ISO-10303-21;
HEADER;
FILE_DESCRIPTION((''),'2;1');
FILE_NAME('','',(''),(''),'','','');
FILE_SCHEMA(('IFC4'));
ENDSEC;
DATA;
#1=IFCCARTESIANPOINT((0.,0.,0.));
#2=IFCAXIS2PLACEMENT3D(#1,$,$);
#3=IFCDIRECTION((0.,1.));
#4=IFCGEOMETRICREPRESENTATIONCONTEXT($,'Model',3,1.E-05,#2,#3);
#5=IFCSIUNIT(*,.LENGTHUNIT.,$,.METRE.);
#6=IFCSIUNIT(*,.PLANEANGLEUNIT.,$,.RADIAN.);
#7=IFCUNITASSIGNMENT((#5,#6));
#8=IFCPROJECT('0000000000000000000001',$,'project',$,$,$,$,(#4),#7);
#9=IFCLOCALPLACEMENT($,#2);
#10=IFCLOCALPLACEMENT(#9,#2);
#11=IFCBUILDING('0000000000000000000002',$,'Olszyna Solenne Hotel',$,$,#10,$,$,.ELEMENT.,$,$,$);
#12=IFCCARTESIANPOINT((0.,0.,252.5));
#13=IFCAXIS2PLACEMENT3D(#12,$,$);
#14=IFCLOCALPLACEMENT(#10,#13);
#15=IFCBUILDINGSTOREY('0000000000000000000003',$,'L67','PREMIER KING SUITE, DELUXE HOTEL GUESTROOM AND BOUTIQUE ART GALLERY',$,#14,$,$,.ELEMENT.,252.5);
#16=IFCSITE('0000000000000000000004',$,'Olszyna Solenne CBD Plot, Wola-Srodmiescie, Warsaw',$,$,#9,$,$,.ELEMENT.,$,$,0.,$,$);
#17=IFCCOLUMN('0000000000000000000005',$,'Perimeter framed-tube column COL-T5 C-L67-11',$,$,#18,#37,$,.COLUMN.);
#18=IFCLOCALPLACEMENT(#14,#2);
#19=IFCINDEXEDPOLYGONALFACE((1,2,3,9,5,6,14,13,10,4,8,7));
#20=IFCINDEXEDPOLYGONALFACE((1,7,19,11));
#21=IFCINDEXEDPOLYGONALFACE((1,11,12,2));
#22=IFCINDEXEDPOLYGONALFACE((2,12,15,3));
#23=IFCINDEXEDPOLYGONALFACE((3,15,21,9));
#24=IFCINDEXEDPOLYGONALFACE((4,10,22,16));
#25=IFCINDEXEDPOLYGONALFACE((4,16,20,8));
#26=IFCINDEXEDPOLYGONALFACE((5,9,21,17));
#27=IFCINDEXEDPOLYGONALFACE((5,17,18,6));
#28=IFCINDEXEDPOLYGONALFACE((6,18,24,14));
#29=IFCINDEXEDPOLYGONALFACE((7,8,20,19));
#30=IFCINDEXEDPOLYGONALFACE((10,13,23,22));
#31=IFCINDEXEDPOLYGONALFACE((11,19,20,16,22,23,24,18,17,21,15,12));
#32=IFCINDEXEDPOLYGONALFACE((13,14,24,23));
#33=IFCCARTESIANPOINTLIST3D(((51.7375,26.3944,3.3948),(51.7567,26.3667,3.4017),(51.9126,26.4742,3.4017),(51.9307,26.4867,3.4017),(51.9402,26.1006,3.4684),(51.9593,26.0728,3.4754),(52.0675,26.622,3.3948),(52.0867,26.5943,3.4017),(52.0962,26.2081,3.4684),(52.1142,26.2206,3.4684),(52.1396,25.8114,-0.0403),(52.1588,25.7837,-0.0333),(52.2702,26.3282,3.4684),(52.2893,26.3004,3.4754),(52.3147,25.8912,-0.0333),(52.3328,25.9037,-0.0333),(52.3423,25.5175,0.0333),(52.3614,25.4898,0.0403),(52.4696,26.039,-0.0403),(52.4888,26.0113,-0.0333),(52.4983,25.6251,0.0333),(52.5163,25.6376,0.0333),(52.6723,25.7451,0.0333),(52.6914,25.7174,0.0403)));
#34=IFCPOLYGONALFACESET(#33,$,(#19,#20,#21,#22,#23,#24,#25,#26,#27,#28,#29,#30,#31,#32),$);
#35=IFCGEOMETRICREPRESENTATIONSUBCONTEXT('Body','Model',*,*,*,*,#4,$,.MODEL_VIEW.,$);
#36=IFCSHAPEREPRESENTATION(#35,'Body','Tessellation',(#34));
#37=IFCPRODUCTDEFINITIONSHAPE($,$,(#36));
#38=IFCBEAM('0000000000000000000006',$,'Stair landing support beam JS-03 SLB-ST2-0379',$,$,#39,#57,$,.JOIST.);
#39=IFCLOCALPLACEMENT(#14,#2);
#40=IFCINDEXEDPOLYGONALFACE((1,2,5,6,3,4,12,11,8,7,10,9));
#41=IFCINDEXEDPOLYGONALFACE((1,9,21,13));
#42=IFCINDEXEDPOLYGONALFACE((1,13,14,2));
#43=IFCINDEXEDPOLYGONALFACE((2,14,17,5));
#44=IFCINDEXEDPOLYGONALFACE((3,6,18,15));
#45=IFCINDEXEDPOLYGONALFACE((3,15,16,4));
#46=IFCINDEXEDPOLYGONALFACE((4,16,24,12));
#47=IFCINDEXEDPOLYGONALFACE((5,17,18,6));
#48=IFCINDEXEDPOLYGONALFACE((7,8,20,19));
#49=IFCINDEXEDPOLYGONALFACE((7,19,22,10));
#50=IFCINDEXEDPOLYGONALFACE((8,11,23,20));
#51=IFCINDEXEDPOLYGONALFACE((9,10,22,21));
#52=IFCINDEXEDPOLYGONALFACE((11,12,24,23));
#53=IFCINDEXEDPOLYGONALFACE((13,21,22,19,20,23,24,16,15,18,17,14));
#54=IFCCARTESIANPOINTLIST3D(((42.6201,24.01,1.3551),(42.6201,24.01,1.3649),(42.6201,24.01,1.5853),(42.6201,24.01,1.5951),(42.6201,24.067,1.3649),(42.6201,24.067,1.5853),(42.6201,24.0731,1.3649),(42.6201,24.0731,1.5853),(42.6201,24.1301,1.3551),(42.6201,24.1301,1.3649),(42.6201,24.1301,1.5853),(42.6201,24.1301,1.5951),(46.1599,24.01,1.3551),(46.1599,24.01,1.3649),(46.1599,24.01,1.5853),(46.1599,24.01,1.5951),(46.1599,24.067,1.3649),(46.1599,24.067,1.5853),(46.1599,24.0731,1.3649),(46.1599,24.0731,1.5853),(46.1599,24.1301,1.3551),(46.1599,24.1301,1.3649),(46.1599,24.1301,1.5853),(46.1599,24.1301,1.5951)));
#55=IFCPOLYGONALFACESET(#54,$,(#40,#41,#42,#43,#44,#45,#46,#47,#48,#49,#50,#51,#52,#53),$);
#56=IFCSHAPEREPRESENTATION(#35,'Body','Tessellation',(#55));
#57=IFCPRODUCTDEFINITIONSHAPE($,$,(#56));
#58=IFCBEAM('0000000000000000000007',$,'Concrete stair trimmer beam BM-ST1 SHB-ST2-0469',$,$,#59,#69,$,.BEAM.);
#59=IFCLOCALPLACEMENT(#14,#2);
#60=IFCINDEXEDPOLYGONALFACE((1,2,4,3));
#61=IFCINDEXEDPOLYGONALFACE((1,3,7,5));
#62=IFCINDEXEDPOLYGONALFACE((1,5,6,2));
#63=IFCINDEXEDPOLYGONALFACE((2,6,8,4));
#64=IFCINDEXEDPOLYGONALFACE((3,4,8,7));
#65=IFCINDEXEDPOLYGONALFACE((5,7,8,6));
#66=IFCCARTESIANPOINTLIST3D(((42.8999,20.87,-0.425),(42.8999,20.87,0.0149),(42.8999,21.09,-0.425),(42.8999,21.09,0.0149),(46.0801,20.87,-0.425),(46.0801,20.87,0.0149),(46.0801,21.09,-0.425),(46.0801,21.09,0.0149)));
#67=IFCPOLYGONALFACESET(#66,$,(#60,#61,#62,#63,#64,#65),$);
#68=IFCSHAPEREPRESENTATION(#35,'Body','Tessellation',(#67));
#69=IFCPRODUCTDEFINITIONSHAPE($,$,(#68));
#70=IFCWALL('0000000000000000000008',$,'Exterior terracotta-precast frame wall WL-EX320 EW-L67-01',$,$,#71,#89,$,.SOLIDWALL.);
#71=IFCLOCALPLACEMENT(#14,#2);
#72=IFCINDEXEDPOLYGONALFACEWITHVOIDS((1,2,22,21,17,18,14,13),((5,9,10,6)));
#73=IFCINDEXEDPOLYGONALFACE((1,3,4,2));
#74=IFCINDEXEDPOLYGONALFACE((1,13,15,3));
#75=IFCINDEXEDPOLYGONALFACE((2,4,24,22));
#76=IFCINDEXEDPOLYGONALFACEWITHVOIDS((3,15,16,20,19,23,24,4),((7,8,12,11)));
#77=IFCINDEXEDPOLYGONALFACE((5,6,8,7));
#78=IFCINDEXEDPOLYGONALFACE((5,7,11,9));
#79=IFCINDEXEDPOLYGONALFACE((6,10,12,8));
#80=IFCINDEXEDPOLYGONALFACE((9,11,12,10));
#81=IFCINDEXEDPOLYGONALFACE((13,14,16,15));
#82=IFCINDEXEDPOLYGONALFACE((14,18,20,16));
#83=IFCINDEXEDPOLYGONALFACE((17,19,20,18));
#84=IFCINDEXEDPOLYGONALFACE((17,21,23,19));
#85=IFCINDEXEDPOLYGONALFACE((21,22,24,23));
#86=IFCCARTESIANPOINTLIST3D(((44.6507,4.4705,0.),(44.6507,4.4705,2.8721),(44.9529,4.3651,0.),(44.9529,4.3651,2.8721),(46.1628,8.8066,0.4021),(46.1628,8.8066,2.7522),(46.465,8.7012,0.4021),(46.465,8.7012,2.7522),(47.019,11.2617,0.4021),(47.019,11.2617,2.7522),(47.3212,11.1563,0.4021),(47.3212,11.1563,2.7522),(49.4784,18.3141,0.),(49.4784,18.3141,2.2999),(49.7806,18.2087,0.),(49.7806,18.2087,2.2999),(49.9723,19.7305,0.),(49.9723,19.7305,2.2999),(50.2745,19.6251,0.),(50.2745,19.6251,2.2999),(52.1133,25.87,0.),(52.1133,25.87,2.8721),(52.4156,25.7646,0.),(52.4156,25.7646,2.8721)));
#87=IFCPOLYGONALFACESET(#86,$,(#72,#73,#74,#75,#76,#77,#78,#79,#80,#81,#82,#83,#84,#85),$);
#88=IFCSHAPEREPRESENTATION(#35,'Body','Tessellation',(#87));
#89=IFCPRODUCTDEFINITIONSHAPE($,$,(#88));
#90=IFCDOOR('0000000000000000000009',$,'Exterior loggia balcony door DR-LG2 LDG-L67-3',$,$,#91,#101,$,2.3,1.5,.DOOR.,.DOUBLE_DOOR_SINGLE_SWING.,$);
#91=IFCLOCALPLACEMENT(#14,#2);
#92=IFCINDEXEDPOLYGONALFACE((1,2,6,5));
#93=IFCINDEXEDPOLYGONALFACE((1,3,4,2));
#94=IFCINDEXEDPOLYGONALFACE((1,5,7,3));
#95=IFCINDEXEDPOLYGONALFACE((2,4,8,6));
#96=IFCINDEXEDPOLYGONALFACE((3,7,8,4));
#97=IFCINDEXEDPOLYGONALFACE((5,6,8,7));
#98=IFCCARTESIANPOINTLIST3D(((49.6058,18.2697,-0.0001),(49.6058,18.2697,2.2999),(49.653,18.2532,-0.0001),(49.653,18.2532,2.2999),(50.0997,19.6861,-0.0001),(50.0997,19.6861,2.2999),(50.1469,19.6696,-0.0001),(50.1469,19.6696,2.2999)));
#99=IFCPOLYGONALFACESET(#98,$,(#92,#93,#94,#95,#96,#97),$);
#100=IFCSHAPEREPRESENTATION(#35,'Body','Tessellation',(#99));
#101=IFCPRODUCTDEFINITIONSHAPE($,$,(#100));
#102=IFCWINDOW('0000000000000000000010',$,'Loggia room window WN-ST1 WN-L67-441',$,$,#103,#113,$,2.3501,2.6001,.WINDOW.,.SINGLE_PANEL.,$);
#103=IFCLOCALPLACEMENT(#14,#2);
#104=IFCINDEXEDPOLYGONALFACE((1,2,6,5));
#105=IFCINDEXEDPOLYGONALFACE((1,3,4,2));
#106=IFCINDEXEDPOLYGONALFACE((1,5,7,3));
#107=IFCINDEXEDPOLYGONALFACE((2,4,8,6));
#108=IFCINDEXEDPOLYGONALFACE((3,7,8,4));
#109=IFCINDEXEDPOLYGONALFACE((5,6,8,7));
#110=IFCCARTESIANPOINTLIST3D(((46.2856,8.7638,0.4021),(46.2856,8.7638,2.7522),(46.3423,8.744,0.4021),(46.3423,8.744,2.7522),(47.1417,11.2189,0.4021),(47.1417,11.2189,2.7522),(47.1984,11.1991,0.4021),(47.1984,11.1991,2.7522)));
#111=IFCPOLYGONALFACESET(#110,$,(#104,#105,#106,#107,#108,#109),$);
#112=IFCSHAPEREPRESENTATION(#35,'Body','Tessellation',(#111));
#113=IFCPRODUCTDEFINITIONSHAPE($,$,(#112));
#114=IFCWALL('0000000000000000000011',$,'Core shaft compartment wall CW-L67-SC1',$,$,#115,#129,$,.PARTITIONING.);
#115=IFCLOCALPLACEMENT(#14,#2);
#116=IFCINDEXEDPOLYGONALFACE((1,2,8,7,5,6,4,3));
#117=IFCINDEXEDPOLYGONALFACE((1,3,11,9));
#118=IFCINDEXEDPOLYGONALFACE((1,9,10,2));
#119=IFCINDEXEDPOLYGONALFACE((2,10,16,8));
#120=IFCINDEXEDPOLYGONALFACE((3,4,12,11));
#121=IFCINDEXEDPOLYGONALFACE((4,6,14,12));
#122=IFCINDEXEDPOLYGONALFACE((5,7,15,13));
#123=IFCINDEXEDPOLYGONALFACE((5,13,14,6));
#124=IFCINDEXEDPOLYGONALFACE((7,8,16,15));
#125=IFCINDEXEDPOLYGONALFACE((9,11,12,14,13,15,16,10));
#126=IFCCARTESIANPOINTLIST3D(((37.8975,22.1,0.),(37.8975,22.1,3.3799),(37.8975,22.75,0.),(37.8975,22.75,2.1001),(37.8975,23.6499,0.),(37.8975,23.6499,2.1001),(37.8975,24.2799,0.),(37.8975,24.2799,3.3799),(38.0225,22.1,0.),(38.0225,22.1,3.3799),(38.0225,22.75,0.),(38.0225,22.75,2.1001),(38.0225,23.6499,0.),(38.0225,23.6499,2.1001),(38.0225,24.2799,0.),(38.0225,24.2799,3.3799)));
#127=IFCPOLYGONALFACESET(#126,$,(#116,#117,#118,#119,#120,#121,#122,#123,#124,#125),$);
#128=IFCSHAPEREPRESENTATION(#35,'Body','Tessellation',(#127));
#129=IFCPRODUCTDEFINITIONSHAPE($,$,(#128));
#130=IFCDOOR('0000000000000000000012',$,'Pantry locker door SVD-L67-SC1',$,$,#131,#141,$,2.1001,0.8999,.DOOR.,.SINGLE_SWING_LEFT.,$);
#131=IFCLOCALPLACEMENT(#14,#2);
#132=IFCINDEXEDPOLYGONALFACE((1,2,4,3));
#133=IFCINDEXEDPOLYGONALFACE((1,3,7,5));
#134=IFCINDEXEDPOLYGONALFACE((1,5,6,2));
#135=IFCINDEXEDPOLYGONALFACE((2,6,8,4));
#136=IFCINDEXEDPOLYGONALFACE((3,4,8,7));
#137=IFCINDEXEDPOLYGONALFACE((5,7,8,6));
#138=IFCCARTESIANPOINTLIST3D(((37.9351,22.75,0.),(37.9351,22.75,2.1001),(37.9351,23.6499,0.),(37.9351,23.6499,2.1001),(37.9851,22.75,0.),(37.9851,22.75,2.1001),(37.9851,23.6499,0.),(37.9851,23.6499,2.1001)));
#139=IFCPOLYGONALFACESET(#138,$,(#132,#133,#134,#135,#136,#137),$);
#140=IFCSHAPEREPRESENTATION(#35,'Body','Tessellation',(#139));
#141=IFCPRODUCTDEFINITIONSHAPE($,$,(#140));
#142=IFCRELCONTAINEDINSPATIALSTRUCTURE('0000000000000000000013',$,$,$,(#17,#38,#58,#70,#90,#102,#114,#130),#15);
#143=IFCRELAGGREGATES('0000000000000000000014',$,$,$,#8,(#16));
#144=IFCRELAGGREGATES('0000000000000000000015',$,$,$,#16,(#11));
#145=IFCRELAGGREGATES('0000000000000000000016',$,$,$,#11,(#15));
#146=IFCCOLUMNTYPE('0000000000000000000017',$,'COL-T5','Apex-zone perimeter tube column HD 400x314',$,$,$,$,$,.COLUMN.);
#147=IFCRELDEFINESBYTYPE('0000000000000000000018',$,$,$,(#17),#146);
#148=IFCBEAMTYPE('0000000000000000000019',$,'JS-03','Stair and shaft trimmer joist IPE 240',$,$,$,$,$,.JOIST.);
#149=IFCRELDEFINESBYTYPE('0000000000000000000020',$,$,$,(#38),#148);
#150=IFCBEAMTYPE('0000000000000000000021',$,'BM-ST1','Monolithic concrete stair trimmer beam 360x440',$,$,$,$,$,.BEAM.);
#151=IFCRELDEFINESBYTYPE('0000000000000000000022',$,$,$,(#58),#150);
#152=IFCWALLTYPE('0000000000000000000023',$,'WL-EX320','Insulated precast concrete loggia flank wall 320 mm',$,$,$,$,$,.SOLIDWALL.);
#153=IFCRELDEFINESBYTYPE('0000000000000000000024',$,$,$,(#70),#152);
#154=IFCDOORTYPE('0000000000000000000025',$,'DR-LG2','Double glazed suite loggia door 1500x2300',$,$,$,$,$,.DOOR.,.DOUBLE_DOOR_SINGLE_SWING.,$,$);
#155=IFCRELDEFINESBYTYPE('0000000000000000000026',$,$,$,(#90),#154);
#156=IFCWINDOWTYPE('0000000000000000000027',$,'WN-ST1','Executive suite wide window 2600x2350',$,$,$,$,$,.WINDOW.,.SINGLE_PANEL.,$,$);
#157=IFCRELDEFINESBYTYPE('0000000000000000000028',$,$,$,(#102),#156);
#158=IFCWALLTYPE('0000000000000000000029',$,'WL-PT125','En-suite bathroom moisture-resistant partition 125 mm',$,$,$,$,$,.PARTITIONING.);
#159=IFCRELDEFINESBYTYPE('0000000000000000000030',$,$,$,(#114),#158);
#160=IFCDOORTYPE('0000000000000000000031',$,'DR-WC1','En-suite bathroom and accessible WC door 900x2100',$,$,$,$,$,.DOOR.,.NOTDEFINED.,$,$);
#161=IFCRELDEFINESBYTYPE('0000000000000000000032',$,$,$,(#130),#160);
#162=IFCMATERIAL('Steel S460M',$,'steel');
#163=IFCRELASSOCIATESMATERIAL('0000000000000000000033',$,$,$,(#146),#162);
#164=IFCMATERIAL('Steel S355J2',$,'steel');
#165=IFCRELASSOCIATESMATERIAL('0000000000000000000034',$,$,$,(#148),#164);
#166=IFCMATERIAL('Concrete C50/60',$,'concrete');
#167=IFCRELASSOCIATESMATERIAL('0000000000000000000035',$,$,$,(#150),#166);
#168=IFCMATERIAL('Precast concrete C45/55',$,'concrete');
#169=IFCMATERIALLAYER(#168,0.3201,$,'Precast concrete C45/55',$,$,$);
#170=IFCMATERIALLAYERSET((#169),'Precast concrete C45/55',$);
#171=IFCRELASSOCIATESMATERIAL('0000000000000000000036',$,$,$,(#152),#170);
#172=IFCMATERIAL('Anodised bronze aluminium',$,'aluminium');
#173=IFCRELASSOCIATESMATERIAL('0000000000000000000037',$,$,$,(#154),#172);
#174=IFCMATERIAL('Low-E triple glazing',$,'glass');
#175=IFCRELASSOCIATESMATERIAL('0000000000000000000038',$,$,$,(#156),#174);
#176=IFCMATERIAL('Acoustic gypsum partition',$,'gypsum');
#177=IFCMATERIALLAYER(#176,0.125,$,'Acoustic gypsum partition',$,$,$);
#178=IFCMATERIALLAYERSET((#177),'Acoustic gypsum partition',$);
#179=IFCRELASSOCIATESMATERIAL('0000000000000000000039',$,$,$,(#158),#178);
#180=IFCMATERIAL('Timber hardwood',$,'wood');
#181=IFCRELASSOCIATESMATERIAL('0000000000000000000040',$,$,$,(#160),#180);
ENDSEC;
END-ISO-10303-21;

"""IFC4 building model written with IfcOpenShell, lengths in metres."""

from ifc_helpers import new_model, si_unit, direction, frame, frame_2d, origin, origin_2d, place, context, subcontext, project, spatial, rectangle, i_section, extrude, source, transform, mapped, material, layer, layer_set, material_profile, profile_set, type_object, type_shapes, element, fill, save


model = new_model("IFC4")

# Units and contexts
model_context = context("Model", 3, precision=1e-05, world=origin(), true_north=direction((0.0, 1.0)))
body_context = subcontext(model_context, "Body", "Model", "MODEL_VIEW")
ifc_project = project(units=[si_unit("LENGTHUNIT", "METRE"), si_unit("PLANEANGLEUNIT", "RADIAN")], contexts=[model_context])

# Site, building, storey
site_placement = place(None, origin())
site = spatial("IfcSite", under=ifc_project, at=site_placement, Name="Olszyna Solenne CBD Plot, Wola-Srodmiescie, Warsaw", CompositionType="ELEMENT", RefElevation=0.0)
building_placement = place(site_placement, origin())
building = spatial("IfcBuilding", under=site, at=building_placement, Name="Olszyna Solenne Hotel", CompositionType="ELEMENT")
storey_placement = place(building_placement, frame((0.0, 0.0, 252.5)))
storey = spatial("IfcBuildingStorey", under=building, at=storey_placement, Name="L67", Description="PREMIER KING SUITE, DELUXE HOTEL GUESTROOM AND BOUTIQUE ART GALLERY", CompositionType="ELEMENT", Elevation=252.5)

# Column
ifc_material_1 = material(Name="Steel S460M", Category="steel")
ifc_material_profile_1 = material_profile(ifc_material_1, i_section(OverallWidth=0.4009, OverallDepth=0.3989, WebThickness=0.022, FlangeThickness=0.0344, at=origin_2d()), Name="HD 400x314", Category="load-bearing")
ifc_profile_set_1 = profile_set([ifc_material_profile_1], Name="Steel S460M")
column_type = type_object("IfcColumnType", Name="COL-T5", Description="Apex-zone perimeter tube column HD 400x314", PredefinedType="COLUMN", material=ifc_profile_set_1)
shared_shape_1 = source(origin(), body_context, "Body", "SweptSolid", [
    extrude(i_section(OverallWidth=0.4009, OverallDepth=0.3989, WebThickness=0.022, FlangeThickness=0.0344, at=origin_2d()), origin(), (0.0, 0.0, 1.0), 3.5073),
])
column_placement = place(storey_placement, frame((52.4155, 25.7644, 0.0), z_axis=(-0.114646, 0.166227, 0.9794), x_axis=(-0.823196, -0.567757, 0.0)))
element("IfcColumn", 1, at=column_placement, inside=storey, type_object=column_type, Name="Perimeter framed-tube column COL-T5 C-L67-11", PredefinedType="COLUMN", context=body_context, shape_type="MappedRepresentation", body=[
    mapped(shared_shape_1, transform((0.0, 0.0, 0.0), x_axis=(1.0, 0.0, 0.0), y_axis=(0.0, 1.0, 0.0), z_axis=(0.0, 0.0, 1.0), scale=1.0)),
])

# Beams
ifc_material_2 = material(Name="Steel S355J2", Category="steel")
ifc_material_profile_2 = material_profile(ifc_material_2, i_section(OverallWidth=0.1201, OverallDepth=0.24, WebThickness=0.0061, FlangeThickness=0.0098, at=origin_2d()), Name="IPE 240", Category="load-bearing")
ifc_profile_set_2 = profile_set([ifc_material_profile_2], Name="Steel S355J2")
beam_type_1 = type_object("IfcBeamType", Name="JS-03", Description="Stair and shaft trimmer joist IPE 240", PredefinedType="JOIST", material=ifc_profile_set_2)
shared_shape_2 = source(origin(), body_context, "Body", "SweptSolid", [
    extrude(i_section(OverallWidth=0.1201, OverallDepth=0.24, WebThickness=0.0061, FlangeThickness=0.0098, at=origin_2d()), origin(), (0.0, 0.0, 1.0), 3.5398),
])
beam_1_placement = place(storey_placement, frame((46.1599, 24.0701, 1.4751), z_axis=(-1.0, 0.0, 0.0), x_axis=(0.0, -1.0, 0.0)))
element("IfcBeam", 2, at=beam_1_placement, inside=storey, type_object=beam_type_1, Name="Stair landing support beam JS-03 SLB-ST2-0379", PredefinedType="JOIST", context=body_context, shape_type="MappedRepresentation", body=[
    mapped(shared_shape_2, transform((0.0, 0.0, 0.0), x_axis=(1.0, 0.0, 0.0), y_axis=(0.0, 1.0, 0.0), z_axis=(0.0, 0.0, 1.0), scale=1.0)),
])
ifc_material_3 = material(Name="Concrete C50/60", Category="concrete")
ifc_material_profile_3 = material_profile(ifc_material_3, rectangle(XDim=0.22, YDim=0.4399, at=origin_2d()), Name="RC 220x440", Category="load-bearing")
ifc_profile_set_3 = profile_set([ifc_material_profile_3], Name="Concrete C50/60")
beam_type_2 = type_object("IfcBeamType", Name="BM-ST1", Description="Monolithic concrete stair trimmer beam 360x440", PredefinedType="BEAM", material=ifc_profile_set_3)
shared_shape_3 = source(origin(), body_context, "Body", "SweptSolid", [
    extrude(rectangle(XDim=0.22, YDim=0.4399, at=origin_2d()), origin(), (0.0, 0.0, 1.0), 3.1802),
])
beam_2_placement = place(storey_placement, frame((46.0801, 20.98, -0.2051), z_axis=(-1.0, 0.0, 0.0), x_axis=(0.0, -1.0, 0.0)))
element("IfcBeam", 3, at=beam_2_placement, inside=storey, type_object=beam_type_2, Name="Concrete stair trimmer beam BM-ST1 SHB-ST2-0469", PredefinedType="BEAM", context=body_context, shape_type="MappedRepresentation", body=[
    mapped(shared_shape_3, transform((0.0, 0.0, 0.0), x_axis=(1.0, 0.0, 0.0), y_axis=(0.0, 1.0, 0.0), z_axis=(0.0, 0.0, 1.0), scale=1.0)),
])

# Wall, openings, door, window
ifc_material_4 = material(Name="Precast concrete C45/55", Category="concrete")
ifc_layer_1 = layer(ifc_material_4, 0.3201, Name="Precast concrete C45/55")
ifc_layer_set_1 = layer_set([ifc_layer_1], Name="Precast concrete C45/55")
wall_type_1 = type_object("IfcWallType", Name="WL-EX320", Description="Insulated precast concrete loggia flank wall 320 mm", PredefinedType="SOLIDWALL", material=ifc_layer_set_1)
wall_1_placement = place(storey_placement, frame((52.2644, 25.8171, 0.0), z_axis=(0.0, 0.0, 1.0), x_axis=(-0.329283, -0.944231, 0.0)))
wall_1 = element("IfcWall", 4, at=wall_1_placement, inside=storey, type_object=wall_type_1, Name="Exterior terracotta-precast frame wall WL-EX320 EW-L67-01", PredefinedType="SOLIDWALL", context=body_context, shape_type="SweptSolid", body=[
    extrude(rectangle(XDim=22.6633, YDim=0.3201, at=frame_2d((11.3315, 0.0))), origin(), (0.0, 0.0, 1.0), 2.8721),
])
opening_1_placement = place(wall_1_placement, frame((6.502, 0.0, 0.0)))
opening_1 = element("IfcOpeningElement", 5, at=opening_1_placement, cuts=wall_1, PredefinedType="OPENING", context=body_context, shape_type="SweptSolid", body=[
    extrude(rectangle(XDim=1.5, YDim=2.3, at=frame_2d((0.75, 1.1499))), frame((0.0, 0.1699, 0.0), z_axis=(0.0, -1.0, 0.0), x_axis=(1.0, 0.0, 0.0)), (0.0, 0.0, 1.0), 0.3401),
])
opening_2_placement = place(wall_1_placement, frame((15.4709, 0.0, 0.4021)))
opening_2 = element("IfcOpeningElement", 6, at=opening_2_placement, cuts=wall_1, PredefinedType="OPENING", context=body_context, shape_type="SweptSolid", body=[
    extrude(rectangle(XDim=2.6001, YDim=2.3501, at=frame_2d((1.3, 1.175))), frame((0.0, 0.1699, 0.0), z_axis=(0.0, -1.0, 0.0), x_axis=(1.0, 0.0, 0.0)), (0.0, 0.0, 1.0), 0.3401),
])
ifc_material_5 = material(Name="Anodised bronze aluminium", Category="aluminium")
door_type_1 = type_object("IfcDoorType", Name="DR-LG2", Description="Double glazed suite loggia door 1500x2300", OperationType="DOUBLE_DOOR_SINGLE_SWING", PredefinedType="DOOR", material=ifc_material_5)
shared_shape_4 = source(origin(), body_context, "Body", "SweptSolid", [
    extrude(rectangle(XDim=1.5, YDim=2.3, at=frame_2d((0.75, 1.1499))), frame((0.0, 0.0249, 0.0), z_axis=(0.0, -1.0, 0.0), x_axis=(1.0, 0.0, 0.0)), (0.0, 0.0, 1.0), 0.05),
])
type_shapes(door_type_1, [shared_shape_4])
door_1_placement = place(opening_1_placement, origin())
door_1 = element("IfcDoor", 7, at=door_1_placement, inside=storey, type_object=door_type_1, Name="Exterior loggia balcony door DR-LG2 LDG-L67-3", OperationType="DOUBLE_DOOR_SINGLE_SWING", OverallHeight=2.3, OverallWidth=1.5, PredefinedType="DOOR", context=body_context, shape_type="MappedRepresentation", body=[
    mapped(shared_shape_4, transform((0.0, 0.0, 0.0), x_axis=(1.0, 0.0, 0.0), y_axis=(0.0, 1.0, 0.0), z_axis=(0.0, 0.0, 1.0), scale=1.0)),
])
fill(opening_1, door_1)
ifc_material_6 = material(Name="Low-E triple glazing", Category="glass")
window_type = type_object("IfcWindowType", Name="WN-ST1", Description="Executive suite wide window 2600x2350", PartitioningType="SINGLE_PANEL", PredefinedType="WINDOW", material=ifc_material_6)
shared_shape_5 = source(origin(), body_context, "Body", "SweptSolid", [
    extrude(rectangle(XDim=2.6001, YDim=2.3501, at=frame_2d((1.3, 1.175))), frame((0.0, 0.03, 0.0), z_axis=(0.0, -1.0, 0.0), x_axis=(1.0, 0.0, 0.0)), (0.0, 0.0, 1.0), 0.0601),
])
type_shapes(window_type, [shared_shape_5])
window_placement = place(opening_2_placement, origin())
window = element("IfcWindow", 8, at=window_placement, inside=storey, type_object=window_type, Name="Loggia room window WN-ST1 WN-L67-441", OverallHeight=2.3501, OverallWidth=2.6001, PartitioningType="SINGLE_PANEL", PredefinedType="WINDOW", context=body_context, shape_type="MappedRepresentation", body=[
    mapped(shared_shape_5, transform((0.0, 0.0, 0.0), x_axis=(1.0, 0.0, 0.0), y_axis=(0.0, 1.0, 0.0), z_axis=(0.0, 0.0, 1.0), scale=1.0)),
])
fill(opening_2, window)

# Wall, opening, door
ifc_material_7 = material(Name="Acoustic gypsum partition", Category="gypsum")
ifc_layer_2 = layer(ifc_material_7, 0.125, Name="Acoustic gypsum partition")
ifc_layer_set_2 = layer_set([ifc_layer_2], Name="Acoustic gypsum partition")
wall_type_2 = type_object("IfcWallType", Name="WL-PT125", Description="En-suite bathroom moisture-resistant partition 125 mm", PredefinedType="PARTITIONING", material=ifc_layer_set_2)
wall_2_placement = place(storey_placement, frame((37.96, 22.1001, 0.0), z_axis=(0.0, 0.0, 1.0), x_axis=(0.0, 1.0, 0.0)))
wall_2 = element("IfcWall", 9, at=wall_2_placement, inside=storey, type_object=wall_type_2, Name="Core shaft compartment wall CW-L67-SC1", PredefinedType="PARTITIONING", context=body_context, shape_type="SweptSolid", body=[
    extrude(rectangle(XDim=2.1799, YDim=0.125, at=frame_2d((1.0898, 0.0))), origin(), (0.0, 0.0, 1.0), 3.3799),
])
opening_3_placement = place(wall_2_placement, frame((0.6499, 0.0, 0.0)))
opening_3 = element("IfcOpeningElement", 10, at=opening_3_placement, cuts=wall_2, PredefinedType="OPENING", context=body_context, shape_type="SweptSolid", body=[
    extrude(rectangle(XDim=0.8999, YDim=2.1001, at=frame_2d((0.45, 1.05))), frame((0.0, 0.0725, 0.0), z_axis=(0.0, -1.0, 0.0), x_axis=(1.0, 0.0, 0.0)), (0.0, 0.0, 1.0), 0.145),
])
ifc_material_8 = material(Name="Timber hardwood", Category="wood")
door_type_2 = type_object("IfcDoorType", Name="DR-WC1", Description="En-suite bathroom and accessible WC door 900x2100", OperationType="NOTDEFINED", PredefinedType="DOOR", material=ifc_material_8)
shared_shape_6 = source(origin(), body_context, "Body", "SweptSolid", [
    extrude(rectangle(XDim=0.8999, YDim=2.1001, at=frame_2d((0.45, 1.05))), frame((0.0, 0.0249, 0.0), z_axis=(0.0, -1.0, 0.0), x_axis=(1.0, 0.0, 0.0)), (0.0, 0.0, 1.0), 0.05),
])
type_shapes(door_type_2, [shared_shape_6])
door_2_placement = place(opening_3_placement, origin())
door_2 = element("IfcDoor", 11, at=door_2_placement, inside=storey, type_object=door_type_2, Name="Pantry locker door SVD-L67-SC1", OperationType="SINGLE_SWING_LEFT", OverallHeight=2.1001, OverallWidth=0.8999, PredefinedType="DOOR", context=body_context, shape_type="MappedRepresentation", body=[
    mapped(shared_shape_6, transform((0.0, 0.0, 0.0), x_axis=(1.0, 0.0, 0.0), y_axis=(0.0, 1.0, 0.0), z_axis=(0.0, 0.0, 1.0), scale=1.0)),
])
fill(opening_3, door_2)

save(model, "model.ifc")
